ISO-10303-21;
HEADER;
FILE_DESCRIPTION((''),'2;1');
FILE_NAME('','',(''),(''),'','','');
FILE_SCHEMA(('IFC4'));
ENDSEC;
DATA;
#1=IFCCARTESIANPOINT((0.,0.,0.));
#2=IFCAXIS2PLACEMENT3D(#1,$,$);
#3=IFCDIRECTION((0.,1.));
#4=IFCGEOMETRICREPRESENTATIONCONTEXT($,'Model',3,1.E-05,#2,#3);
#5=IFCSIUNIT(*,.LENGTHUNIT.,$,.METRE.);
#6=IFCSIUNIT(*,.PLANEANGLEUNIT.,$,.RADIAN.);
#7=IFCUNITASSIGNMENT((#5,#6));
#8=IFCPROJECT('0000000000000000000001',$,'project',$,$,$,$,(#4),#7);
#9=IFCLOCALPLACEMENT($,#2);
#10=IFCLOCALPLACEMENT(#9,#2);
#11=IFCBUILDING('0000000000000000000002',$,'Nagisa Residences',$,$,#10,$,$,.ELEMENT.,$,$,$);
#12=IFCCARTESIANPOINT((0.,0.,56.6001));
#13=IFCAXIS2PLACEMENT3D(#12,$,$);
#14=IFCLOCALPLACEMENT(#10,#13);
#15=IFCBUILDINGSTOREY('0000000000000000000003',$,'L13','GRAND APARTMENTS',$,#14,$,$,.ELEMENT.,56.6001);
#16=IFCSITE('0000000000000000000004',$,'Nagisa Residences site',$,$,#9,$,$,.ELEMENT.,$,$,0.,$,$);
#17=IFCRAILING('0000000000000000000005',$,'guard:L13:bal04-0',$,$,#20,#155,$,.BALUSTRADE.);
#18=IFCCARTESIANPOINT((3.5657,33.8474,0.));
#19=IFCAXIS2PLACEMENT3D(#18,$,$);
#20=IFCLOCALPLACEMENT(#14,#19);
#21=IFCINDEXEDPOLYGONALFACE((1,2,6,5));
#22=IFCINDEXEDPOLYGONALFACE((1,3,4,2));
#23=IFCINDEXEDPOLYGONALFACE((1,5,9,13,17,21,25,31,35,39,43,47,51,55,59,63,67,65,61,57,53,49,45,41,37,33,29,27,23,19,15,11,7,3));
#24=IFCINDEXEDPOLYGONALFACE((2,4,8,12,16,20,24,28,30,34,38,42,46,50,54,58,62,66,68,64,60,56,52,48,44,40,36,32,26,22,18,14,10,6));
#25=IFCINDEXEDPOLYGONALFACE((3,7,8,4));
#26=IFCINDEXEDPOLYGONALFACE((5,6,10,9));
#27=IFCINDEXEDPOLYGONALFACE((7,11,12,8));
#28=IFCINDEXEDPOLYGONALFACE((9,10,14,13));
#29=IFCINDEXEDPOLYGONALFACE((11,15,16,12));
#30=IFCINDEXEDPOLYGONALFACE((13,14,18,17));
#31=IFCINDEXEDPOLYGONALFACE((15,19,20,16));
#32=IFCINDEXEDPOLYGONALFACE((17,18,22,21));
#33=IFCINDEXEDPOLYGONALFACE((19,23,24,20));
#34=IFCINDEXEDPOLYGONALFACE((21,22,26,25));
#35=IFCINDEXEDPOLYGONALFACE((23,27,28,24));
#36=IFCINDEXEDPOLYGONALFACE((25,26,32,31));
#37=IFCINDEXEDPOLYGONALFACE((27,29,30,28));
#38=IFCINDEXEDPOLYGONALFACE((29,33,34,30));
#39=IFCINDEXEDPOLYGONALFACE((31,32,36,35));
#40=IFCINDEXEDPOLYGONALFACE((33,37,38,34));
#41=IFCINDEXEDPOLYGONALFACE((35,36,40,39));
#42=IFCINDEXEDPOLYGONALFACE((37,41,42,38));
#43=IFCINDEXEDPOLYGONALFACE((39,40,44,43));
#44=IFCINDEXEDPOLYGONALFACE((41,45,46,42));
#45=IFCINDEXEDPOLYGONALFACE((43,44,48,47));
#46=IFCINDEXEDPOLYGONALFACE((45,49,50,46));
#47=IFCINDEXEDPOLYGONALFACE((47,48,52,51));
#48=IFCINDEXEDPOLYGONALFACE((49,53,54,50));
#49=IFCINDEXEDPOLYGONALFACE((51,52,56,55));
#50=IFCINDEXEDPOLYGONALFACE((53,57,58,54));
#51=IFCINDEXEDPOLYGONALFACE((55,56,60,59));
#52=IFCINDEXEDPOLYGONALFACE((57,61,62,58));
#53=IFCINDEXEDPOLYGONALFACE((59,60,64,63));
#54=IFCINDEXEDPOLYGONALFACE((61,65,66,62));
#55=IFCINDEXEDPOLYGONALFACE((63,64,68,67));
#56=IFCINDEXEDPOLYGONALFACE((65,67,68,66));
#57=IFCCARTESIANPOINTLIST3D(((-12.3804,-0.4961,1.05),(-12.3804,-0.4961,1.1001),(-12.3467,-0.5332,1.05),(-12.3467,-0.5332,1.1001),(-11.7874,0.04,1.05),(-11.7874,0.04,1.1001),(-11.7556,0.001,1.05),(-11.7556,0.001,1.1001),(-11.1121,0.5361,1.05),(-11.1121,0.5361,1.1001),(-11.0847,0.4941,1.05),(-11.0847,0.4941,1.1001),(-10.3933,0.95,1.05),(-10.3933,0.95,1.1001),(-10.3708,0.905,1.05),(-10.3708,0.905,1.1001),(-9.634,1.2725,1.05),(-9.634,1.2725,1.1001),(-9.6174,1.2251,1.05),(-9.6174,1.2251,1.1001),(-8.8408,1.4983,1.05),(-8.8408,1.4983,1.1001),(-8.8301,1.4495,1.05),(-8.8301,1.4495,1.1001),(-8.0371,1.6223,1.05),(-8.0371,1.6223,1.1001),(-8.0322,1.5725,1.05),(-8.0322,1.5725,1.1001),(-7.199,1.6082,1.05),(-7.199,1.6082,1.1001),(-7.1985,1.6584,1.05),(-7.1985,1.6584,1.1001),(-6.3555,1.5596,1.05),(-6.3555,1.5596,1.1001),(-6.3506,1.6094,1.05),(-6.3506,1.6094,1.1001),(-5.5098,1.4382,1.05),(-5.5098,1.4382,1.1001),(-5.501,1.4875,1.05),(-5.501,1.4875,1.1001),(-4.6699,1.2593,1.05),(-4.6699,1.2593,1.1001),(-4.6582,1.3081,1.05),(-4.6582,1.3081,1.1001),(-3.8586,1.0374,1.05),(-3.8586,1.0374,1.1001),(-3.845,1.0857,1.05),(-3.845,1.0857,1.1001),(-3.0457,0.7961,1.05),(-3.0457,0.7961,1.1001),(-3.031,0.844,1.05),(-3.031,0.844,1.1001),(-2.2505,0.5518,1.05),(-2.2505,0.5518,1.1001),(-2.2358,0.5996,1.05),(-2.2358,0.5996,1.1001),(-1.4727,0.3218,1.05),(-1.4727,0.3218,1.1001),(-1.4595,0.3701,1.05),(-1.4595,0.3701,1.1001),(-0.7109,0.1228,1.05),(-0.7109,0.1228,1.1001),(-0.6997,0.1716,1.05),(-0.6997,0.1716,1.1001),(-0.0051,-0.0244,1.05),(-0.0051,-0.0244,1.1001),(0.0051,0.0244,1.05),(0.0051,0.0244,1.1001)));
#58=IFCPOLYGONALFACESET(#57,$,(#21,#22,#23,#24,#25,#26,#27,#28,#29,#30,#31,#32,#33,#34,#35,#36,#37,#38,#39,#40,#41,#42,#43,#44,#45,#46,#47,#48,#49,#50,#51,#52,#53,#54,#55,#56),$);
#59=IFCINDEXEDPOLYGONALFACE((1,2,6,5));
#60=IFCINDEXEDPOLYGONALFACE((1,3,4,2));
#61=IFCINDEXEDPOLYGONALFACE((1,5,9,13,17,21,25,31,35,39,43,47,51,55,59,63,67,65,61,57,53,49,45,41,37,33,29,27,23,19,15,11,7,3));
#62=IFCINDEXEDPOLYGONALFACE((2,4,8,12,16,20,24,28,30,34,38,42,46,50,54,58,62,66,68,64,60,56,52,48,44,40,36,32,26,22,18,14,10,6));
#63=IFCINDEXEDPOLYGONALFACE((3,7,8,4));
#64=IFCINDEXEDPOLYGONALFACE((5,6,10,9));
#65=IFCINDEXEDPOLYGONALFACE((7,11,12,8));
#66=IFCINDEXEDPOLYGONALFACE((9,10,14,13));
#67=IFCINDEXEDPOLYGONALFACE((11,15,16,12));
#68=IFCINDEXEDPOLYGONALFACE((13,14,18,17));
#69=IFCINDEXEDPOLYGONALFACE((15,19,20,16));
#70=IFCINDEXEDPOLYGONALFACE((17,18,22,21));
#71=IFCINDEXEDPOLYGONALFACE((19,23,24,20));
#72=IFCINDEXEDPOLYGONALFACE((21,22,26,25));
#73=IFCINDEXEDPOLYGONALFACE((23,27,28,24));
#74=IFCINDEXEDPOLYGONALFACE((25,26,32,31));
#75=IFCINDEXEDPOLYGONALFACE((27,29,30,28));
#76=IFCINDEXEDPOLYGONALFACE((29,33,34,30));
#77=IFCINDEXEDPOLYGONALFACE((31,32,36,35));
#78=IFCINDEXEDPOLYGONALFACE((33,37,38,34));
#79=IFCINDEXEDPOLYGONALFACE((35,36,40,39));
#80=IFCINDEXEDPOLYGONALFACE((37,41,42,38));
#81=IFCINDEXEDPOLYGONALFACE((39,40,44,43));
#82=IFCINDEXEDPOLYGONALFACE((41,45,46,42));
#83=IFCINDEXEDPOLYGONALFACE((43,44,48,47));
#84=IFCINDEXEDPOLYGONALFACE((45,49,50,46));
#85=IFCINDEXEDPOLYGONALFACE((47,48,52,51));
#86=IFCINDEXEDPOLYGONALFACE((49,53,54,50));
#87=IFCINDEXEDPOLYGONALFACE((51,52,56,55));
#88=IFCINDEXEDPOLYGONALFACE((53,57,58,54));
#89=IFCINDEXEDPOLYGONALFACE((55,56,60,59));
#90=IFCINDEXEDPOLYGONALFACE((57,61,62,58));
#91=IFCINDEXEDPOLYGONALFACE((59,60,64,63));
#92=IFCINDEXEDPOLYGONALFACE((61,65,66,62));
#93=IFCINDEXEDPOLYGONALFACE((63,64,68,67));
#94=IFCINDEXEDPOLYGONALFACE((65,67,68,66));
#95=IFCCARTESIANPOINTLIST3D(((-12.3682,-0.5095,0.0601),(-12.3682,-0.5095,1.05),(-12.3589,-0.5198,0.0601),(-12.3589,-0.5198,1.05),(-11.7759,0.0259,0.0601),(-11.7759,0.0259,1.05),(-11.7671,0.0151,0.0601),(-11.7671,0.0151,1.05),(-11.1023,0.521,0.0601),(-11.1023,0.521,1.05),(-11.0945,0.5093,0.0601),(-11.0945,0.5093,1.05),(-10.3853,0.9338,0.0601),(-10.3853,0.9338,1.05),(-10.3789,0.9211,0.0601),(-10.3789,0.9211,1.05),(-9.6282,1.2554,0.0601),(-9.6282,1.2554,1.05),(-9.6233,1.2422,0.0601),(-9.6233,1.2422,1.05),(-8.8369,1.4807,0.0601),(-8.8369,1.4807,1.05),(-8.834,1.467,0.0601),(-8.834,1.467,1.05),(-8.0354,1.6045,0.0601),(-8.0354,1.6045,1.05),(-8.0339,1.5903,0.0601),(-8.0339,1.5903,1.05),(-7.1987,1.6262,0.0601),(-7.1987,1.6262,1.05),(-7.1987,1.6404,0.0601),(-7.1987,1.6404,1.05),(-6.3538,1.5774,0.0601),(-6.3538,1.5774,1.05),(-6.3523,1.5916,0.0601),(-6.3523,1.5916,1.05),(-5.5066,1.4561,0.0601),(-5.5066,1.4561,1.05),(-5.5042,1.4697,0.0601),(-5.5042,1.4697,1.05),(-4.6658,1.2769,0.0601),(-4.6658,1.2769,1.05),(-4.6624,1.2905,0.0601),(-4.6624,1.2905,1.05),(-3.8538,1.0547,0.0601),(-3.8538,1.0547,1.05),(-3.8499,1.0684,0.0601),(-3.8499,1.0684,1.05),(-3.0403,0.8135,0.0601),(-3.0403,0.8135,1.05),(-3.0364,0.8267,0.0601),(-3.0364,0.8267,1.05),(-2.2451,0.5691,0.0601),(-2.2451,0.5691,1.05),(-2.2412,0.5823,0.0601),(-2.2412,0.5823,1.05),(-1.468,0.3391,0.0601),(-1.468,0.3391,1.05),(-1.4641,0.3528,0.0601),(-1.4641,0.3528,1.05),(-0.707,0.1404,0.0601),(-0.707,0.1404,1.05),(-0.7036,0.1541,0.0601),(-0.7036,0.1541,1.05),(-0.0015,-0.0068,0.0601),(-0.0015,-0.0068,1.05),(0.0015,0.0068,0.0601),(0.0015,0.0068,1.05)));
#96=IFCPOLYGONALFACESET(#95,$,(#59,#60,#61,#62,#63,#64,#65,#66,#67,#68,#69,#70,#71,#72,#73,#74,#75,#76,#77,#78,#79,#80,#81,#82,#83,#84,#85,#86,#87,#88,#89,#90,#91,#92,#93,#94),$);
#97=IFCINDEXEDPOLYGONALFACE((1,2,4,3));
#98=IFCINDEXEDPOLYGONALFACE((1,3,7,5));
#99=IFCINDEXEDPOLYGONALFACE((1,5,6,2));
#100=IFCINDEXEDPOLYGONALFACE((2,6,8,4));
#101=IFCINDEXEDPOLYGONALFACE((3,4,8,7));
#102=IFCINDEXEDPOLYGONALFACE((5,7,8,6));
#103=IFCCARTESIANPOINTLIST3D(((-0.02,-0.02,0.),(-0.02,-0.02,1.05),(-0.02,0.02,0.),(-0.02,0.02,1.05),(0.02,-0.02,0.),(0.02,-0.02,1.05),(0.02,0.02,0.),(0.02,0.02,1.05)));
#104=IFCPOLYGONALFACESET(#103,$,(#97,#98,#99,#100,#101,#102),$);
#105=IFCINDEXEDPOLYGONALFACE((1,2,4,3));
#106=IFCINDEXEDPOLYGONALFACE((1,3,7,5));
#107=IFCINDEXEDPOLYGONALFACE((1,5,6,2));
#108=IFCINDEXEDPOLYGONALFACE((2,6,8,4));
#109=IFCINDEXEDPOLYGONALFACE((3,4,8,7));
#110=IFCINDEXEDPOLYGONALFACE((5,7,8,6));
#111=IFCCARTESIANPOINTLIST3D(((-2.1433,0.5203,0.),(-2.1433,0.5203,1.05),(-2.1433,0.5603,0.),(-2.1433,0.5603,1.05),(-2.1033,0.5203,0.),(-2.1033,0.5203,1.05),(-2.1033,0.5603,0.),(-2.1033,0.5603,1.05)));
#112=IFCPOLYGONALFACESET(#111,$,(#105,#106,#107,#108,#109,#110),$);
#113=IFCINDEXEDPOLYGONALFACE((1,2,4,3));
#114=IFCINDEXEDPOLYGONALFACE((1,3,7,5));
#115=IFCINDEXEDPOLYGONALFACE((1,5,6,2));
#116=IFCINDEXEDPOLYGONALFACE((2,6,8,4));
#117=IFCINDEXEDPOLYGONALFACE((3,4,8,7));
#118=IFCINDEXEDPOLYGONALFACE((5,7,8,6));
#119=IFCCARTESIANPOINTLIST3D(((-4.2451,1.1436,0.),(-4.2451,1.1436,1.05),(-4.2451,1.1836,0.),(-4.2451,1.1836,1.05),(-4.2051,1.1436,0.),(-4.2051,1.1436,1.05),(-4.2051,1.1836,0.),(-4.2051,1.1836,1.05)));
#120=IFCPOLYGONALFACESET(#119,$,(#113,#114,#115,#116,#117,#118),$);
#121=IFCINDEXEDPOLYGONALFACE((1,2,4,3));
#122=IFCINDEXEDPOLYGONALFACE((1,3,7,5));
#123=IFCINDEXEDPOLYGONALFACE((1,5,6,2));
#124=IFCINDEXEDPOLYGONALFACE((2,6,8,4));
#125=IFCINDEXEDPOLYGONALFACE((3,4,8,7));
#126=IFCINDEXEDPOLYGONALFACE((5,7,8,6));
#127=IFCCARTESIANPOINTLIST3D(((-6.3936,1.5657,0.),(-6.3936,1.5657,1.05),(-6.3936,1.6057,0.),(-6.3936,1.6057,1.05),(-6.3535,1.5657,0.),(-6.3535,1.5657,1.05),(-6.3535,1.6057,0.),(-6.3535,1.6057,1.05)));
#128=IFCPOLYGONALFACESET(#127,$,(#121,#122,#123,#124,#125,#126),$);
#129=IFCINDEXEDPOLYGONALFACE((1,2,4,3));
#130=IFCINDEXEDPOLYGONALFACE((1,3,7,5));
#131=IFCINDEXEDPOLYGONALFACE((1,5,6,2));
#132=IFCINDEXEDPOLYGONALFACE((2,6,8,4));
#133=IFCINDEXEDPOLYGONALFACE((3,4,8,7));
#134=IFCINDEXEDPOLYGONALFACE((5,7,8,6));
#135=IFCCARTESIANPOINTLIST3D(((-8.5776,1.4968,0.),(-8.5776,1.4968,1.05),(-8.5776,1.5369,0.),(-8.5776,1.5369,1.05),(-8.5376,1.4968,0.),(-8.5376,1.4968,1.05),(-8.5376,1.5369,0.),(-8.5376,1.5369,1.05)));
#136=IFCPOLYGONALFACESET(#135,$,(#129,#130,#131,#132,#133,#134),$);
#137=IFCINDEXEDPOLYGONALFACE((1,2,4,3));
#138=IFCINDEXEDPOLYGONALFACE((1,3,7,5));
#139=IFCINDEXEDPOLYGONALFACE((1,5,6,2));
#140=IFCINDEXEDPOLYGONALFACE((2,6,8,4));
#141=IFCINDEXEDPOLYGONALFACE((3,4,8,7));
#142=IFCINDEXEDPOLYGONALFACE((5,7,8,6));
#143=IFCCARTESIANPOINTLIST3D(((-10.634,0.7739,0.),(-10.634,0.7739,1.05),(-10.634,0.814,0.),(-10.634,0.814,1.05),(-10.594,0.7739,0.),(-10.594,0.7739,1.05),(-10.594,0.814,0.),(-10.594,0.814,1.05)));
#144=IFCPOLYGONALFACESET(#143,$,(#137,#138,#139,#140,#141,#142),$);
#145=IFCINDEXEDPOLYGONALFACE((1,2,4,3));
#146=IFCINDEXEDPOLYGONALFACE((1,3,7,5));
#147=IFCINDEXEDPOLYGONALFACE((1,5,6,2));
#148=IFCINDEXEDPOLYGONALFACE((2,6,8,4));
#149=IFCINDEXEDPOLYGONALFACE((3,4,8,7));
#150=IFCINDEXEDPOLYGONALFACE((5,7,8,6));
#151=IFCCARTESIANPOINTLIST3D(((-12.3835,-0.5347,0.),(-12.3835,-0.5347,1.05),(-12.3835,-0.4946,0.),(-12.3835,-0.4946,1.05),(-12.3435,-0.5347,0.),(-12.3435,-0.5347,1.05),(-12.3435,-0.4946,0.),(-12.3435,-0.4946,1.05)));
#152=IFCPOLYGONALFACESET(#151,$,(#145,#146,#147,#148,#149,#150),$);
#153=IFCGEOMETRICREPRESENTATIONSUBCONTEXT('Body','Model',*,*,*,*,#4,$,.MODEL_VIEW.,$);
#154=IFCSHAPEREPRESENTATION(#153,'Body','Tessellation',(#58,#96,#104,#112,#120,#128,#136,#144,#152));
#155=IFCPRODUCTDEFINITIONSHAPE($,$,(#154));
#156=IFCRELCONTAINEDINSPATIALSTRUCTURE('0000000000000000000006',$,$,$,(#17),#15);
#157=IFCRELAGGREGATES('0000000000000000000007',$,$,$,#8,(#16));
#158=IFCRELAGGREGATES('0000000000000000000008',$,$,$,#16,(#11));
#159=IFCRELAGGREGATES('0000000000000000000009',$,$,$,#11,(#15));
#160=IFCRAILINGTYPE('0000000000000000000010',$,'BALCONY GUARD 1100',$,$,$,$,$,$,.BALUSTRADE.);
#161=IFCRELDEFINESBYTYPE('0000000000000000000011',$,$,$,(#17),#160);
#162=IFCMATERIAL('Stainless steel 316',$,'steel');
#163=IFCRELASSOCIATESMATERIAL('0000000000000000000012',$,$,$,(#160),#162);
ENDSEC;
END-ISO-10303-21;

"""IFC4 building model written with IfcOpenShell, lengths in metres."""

from ifc_helpers import new_model, si_unit, direction, frame, origin, origin_2d, place, context, subcontext, project, spatial, polyline, rectangle, outline, extrude, material, type_object, element, save


model = new_model("IFC4")

# Units and contexts
model_context = context("Model", 3, precision=1e-05, world=origin(), true_north=direction((0.0, 1.0)))
body_context = subcontext(model_context, "Body", "Model", "MODEL_VIEW")
ifc_project = project(units=[si_unit("LENGTHUNIT", "METRE"), si_unit("PLANEANGLEUNIT", "RADIAN")], contexts=[model_context])

# Site, building, storey
site_placement = place(None, origin())
site = spatial("IfcSite", under=ifc_project, at=site_placement, Name="Nagisa Residences site", CompositionType="ELEMENT", RefElevation=0.0)
building_placement = place(site_placement, origin())
building = spatial("IfcBuilding", under=site, at=building_placement, Name="Nagisa Residences", CompositionType="ELEMENT")
storey_placement = place(building_placement, frame((0.0, 0.0, 56.6001)))
storey = spatial("IfcBuildingStorey", under=building, at=storey_placement, Name="L13", Description="GRAND APARTMENTS", CompositionType="ELEMENT", Elevation=56.6001)

# Railing
ifc_material_1 = material(Name="Stainless steel 316", Category="steel")
railing_type = type_object("IfcRailingType", Name="BALCONY GUARD 1100", PredefinedType="BALUSTRADE", material=ifc_material_1)
railing_placement = place(storey_placement, frame((3.5657, 33.8474, 0.0)))
element("IfcRailing", 1, at=railing_placement, inside=storey, type_object=railing_type, Name="guard:L13:bal04-0", PredefinedType="BALUSTRADE", context=body_context, shape_type="SweptSolid", body=[
    extrude(outline(polyline([(-0.7109, 0.1228), (-0.0051, -0.0244), (0.0051, 0.0244), (-0.6997, 0.1716), (-1.4595, 0.3701), (-2.2358, 0.5996), (-3.031, 0.844), (-3.845, 1.0857), (-4.6582, 1.3081), (-5.501, 1.4875), (-6.3506, 1.6094), (-7.1985, 1.6584), (-8.0371, 1.6223), (-8.8408, 1.4983), (-9.634, 1.2725), (-10.3933, 0.95), (-11.1121, 0.5361), (-11.7874, 0.04), (-12.3804, -0.4961), (-12.3467, -0.5332), (-11.7556, 0.001), (-11.0847, 0.4941), (-10.3708, 0.905), (-9.6174, 1.2251), (-8.8301, 1.4495), (-8.0322, 1.5725), (-7.199, 1.6082), (-6.3555, 1.5596), (-5.5098, 1.4382), (-4.6699, 1.2593), (-3.8586, 1.0374), (-3.0457, 0.7961), (-2.2505, 0.5518), (-1.4727, 0.3218), (-0.7109, 0.1228)])), frame((0.0, 0.0, 1.05)), (0.0, 0.0, 1.0), 0.05),
    extrude(outline(polyline([(-0.707, 0.1404), (-0.0015, -0.0068), (0.0015, 0.0068), (-0.7036, 0.1541), (-1.4641, 0.3528), (-2.2412, 0.5823), (-3.0364, 0.8267), (-3.8499, 1.0684), (-4.6624, 1.2905), (-5.5042, 1.4697), (-6.3523, 1.5916), (-7.1987, 1.6404), (-8.0354, 1.6045), (-8.8369, 1.4807), (-9.6282, 1.2554), (-10.3853, 0.9338), (-11.1023, 0.521), (-11.7759, 0.0259), (-12.3682, -0.5095), (-12.3589, -0.5198), (-11.7671, 0.0151), (-11.0945, 0.5093), (-10.3789, 0.9211), (-9.6233, 1.2422), (-8.834, 1.467), (-8.0339, 1.5903), (-7.1987, 1.6262), (-6.3538, 1.5774), (-5.5066, 1.4561), (-4.6658, 1.2769), (-3.8538, 1.0547), (-3.0403, 0.8135), (-2.2451, 0.5691), (-1.468, 0.3391), (-0.707, 0.1404)])), frame((0.0, 0.0, 0.0601)), (0.0, 0.0, 1.0), 0.99),
    extrude(rectangle(XDim=0.04, YDim=0.04, at=origin_2d()), origin(), (0.0, 0.0, 1.0), 1.05),
    extrude(rectangle(XDim=0.04, YDim=0.04, at=origin_2d()), frame((-2.1233, 0.5403, 0.0)), (0.0, 0.0, 1.0), 1.05),
    extrude(rectangle(XDim=0.04, YDim=0.04, at=origin_2d()), frame((-4.2251, 1.1636, 0.0)), (0.0, 0.0, 1.0), 1.05),
    extrude(rectangle(XDim=0.04, YDim=0.04, at=origin_2d()), frame((-6.3735, 1.5857, 0.0)), (0.0, 0.0, 1.0), 1.05),
    extrude(rectangle(XDim=0.04, YDim=0.04, at=origin_2d()), frame((-8.5576, 1.5168, 0.0)), (0.0, 0.0, 1.0), 1.05),
    extrude(rectangle(XDim=0.04, YDim=0.04, at=origin_2d()), frame((-10.614, 0.7939, 0.0)), (0.0, 0.0, 1.0), 1.05),
    extrude(rectangle(XDim=0.04, YDim=0.04, at=origin_2d()), frame((-12.3635, -0.5146, 0.0)), (0.0, 0.0, 1.0), 1.05),
])

save(model, "model.ifc")
